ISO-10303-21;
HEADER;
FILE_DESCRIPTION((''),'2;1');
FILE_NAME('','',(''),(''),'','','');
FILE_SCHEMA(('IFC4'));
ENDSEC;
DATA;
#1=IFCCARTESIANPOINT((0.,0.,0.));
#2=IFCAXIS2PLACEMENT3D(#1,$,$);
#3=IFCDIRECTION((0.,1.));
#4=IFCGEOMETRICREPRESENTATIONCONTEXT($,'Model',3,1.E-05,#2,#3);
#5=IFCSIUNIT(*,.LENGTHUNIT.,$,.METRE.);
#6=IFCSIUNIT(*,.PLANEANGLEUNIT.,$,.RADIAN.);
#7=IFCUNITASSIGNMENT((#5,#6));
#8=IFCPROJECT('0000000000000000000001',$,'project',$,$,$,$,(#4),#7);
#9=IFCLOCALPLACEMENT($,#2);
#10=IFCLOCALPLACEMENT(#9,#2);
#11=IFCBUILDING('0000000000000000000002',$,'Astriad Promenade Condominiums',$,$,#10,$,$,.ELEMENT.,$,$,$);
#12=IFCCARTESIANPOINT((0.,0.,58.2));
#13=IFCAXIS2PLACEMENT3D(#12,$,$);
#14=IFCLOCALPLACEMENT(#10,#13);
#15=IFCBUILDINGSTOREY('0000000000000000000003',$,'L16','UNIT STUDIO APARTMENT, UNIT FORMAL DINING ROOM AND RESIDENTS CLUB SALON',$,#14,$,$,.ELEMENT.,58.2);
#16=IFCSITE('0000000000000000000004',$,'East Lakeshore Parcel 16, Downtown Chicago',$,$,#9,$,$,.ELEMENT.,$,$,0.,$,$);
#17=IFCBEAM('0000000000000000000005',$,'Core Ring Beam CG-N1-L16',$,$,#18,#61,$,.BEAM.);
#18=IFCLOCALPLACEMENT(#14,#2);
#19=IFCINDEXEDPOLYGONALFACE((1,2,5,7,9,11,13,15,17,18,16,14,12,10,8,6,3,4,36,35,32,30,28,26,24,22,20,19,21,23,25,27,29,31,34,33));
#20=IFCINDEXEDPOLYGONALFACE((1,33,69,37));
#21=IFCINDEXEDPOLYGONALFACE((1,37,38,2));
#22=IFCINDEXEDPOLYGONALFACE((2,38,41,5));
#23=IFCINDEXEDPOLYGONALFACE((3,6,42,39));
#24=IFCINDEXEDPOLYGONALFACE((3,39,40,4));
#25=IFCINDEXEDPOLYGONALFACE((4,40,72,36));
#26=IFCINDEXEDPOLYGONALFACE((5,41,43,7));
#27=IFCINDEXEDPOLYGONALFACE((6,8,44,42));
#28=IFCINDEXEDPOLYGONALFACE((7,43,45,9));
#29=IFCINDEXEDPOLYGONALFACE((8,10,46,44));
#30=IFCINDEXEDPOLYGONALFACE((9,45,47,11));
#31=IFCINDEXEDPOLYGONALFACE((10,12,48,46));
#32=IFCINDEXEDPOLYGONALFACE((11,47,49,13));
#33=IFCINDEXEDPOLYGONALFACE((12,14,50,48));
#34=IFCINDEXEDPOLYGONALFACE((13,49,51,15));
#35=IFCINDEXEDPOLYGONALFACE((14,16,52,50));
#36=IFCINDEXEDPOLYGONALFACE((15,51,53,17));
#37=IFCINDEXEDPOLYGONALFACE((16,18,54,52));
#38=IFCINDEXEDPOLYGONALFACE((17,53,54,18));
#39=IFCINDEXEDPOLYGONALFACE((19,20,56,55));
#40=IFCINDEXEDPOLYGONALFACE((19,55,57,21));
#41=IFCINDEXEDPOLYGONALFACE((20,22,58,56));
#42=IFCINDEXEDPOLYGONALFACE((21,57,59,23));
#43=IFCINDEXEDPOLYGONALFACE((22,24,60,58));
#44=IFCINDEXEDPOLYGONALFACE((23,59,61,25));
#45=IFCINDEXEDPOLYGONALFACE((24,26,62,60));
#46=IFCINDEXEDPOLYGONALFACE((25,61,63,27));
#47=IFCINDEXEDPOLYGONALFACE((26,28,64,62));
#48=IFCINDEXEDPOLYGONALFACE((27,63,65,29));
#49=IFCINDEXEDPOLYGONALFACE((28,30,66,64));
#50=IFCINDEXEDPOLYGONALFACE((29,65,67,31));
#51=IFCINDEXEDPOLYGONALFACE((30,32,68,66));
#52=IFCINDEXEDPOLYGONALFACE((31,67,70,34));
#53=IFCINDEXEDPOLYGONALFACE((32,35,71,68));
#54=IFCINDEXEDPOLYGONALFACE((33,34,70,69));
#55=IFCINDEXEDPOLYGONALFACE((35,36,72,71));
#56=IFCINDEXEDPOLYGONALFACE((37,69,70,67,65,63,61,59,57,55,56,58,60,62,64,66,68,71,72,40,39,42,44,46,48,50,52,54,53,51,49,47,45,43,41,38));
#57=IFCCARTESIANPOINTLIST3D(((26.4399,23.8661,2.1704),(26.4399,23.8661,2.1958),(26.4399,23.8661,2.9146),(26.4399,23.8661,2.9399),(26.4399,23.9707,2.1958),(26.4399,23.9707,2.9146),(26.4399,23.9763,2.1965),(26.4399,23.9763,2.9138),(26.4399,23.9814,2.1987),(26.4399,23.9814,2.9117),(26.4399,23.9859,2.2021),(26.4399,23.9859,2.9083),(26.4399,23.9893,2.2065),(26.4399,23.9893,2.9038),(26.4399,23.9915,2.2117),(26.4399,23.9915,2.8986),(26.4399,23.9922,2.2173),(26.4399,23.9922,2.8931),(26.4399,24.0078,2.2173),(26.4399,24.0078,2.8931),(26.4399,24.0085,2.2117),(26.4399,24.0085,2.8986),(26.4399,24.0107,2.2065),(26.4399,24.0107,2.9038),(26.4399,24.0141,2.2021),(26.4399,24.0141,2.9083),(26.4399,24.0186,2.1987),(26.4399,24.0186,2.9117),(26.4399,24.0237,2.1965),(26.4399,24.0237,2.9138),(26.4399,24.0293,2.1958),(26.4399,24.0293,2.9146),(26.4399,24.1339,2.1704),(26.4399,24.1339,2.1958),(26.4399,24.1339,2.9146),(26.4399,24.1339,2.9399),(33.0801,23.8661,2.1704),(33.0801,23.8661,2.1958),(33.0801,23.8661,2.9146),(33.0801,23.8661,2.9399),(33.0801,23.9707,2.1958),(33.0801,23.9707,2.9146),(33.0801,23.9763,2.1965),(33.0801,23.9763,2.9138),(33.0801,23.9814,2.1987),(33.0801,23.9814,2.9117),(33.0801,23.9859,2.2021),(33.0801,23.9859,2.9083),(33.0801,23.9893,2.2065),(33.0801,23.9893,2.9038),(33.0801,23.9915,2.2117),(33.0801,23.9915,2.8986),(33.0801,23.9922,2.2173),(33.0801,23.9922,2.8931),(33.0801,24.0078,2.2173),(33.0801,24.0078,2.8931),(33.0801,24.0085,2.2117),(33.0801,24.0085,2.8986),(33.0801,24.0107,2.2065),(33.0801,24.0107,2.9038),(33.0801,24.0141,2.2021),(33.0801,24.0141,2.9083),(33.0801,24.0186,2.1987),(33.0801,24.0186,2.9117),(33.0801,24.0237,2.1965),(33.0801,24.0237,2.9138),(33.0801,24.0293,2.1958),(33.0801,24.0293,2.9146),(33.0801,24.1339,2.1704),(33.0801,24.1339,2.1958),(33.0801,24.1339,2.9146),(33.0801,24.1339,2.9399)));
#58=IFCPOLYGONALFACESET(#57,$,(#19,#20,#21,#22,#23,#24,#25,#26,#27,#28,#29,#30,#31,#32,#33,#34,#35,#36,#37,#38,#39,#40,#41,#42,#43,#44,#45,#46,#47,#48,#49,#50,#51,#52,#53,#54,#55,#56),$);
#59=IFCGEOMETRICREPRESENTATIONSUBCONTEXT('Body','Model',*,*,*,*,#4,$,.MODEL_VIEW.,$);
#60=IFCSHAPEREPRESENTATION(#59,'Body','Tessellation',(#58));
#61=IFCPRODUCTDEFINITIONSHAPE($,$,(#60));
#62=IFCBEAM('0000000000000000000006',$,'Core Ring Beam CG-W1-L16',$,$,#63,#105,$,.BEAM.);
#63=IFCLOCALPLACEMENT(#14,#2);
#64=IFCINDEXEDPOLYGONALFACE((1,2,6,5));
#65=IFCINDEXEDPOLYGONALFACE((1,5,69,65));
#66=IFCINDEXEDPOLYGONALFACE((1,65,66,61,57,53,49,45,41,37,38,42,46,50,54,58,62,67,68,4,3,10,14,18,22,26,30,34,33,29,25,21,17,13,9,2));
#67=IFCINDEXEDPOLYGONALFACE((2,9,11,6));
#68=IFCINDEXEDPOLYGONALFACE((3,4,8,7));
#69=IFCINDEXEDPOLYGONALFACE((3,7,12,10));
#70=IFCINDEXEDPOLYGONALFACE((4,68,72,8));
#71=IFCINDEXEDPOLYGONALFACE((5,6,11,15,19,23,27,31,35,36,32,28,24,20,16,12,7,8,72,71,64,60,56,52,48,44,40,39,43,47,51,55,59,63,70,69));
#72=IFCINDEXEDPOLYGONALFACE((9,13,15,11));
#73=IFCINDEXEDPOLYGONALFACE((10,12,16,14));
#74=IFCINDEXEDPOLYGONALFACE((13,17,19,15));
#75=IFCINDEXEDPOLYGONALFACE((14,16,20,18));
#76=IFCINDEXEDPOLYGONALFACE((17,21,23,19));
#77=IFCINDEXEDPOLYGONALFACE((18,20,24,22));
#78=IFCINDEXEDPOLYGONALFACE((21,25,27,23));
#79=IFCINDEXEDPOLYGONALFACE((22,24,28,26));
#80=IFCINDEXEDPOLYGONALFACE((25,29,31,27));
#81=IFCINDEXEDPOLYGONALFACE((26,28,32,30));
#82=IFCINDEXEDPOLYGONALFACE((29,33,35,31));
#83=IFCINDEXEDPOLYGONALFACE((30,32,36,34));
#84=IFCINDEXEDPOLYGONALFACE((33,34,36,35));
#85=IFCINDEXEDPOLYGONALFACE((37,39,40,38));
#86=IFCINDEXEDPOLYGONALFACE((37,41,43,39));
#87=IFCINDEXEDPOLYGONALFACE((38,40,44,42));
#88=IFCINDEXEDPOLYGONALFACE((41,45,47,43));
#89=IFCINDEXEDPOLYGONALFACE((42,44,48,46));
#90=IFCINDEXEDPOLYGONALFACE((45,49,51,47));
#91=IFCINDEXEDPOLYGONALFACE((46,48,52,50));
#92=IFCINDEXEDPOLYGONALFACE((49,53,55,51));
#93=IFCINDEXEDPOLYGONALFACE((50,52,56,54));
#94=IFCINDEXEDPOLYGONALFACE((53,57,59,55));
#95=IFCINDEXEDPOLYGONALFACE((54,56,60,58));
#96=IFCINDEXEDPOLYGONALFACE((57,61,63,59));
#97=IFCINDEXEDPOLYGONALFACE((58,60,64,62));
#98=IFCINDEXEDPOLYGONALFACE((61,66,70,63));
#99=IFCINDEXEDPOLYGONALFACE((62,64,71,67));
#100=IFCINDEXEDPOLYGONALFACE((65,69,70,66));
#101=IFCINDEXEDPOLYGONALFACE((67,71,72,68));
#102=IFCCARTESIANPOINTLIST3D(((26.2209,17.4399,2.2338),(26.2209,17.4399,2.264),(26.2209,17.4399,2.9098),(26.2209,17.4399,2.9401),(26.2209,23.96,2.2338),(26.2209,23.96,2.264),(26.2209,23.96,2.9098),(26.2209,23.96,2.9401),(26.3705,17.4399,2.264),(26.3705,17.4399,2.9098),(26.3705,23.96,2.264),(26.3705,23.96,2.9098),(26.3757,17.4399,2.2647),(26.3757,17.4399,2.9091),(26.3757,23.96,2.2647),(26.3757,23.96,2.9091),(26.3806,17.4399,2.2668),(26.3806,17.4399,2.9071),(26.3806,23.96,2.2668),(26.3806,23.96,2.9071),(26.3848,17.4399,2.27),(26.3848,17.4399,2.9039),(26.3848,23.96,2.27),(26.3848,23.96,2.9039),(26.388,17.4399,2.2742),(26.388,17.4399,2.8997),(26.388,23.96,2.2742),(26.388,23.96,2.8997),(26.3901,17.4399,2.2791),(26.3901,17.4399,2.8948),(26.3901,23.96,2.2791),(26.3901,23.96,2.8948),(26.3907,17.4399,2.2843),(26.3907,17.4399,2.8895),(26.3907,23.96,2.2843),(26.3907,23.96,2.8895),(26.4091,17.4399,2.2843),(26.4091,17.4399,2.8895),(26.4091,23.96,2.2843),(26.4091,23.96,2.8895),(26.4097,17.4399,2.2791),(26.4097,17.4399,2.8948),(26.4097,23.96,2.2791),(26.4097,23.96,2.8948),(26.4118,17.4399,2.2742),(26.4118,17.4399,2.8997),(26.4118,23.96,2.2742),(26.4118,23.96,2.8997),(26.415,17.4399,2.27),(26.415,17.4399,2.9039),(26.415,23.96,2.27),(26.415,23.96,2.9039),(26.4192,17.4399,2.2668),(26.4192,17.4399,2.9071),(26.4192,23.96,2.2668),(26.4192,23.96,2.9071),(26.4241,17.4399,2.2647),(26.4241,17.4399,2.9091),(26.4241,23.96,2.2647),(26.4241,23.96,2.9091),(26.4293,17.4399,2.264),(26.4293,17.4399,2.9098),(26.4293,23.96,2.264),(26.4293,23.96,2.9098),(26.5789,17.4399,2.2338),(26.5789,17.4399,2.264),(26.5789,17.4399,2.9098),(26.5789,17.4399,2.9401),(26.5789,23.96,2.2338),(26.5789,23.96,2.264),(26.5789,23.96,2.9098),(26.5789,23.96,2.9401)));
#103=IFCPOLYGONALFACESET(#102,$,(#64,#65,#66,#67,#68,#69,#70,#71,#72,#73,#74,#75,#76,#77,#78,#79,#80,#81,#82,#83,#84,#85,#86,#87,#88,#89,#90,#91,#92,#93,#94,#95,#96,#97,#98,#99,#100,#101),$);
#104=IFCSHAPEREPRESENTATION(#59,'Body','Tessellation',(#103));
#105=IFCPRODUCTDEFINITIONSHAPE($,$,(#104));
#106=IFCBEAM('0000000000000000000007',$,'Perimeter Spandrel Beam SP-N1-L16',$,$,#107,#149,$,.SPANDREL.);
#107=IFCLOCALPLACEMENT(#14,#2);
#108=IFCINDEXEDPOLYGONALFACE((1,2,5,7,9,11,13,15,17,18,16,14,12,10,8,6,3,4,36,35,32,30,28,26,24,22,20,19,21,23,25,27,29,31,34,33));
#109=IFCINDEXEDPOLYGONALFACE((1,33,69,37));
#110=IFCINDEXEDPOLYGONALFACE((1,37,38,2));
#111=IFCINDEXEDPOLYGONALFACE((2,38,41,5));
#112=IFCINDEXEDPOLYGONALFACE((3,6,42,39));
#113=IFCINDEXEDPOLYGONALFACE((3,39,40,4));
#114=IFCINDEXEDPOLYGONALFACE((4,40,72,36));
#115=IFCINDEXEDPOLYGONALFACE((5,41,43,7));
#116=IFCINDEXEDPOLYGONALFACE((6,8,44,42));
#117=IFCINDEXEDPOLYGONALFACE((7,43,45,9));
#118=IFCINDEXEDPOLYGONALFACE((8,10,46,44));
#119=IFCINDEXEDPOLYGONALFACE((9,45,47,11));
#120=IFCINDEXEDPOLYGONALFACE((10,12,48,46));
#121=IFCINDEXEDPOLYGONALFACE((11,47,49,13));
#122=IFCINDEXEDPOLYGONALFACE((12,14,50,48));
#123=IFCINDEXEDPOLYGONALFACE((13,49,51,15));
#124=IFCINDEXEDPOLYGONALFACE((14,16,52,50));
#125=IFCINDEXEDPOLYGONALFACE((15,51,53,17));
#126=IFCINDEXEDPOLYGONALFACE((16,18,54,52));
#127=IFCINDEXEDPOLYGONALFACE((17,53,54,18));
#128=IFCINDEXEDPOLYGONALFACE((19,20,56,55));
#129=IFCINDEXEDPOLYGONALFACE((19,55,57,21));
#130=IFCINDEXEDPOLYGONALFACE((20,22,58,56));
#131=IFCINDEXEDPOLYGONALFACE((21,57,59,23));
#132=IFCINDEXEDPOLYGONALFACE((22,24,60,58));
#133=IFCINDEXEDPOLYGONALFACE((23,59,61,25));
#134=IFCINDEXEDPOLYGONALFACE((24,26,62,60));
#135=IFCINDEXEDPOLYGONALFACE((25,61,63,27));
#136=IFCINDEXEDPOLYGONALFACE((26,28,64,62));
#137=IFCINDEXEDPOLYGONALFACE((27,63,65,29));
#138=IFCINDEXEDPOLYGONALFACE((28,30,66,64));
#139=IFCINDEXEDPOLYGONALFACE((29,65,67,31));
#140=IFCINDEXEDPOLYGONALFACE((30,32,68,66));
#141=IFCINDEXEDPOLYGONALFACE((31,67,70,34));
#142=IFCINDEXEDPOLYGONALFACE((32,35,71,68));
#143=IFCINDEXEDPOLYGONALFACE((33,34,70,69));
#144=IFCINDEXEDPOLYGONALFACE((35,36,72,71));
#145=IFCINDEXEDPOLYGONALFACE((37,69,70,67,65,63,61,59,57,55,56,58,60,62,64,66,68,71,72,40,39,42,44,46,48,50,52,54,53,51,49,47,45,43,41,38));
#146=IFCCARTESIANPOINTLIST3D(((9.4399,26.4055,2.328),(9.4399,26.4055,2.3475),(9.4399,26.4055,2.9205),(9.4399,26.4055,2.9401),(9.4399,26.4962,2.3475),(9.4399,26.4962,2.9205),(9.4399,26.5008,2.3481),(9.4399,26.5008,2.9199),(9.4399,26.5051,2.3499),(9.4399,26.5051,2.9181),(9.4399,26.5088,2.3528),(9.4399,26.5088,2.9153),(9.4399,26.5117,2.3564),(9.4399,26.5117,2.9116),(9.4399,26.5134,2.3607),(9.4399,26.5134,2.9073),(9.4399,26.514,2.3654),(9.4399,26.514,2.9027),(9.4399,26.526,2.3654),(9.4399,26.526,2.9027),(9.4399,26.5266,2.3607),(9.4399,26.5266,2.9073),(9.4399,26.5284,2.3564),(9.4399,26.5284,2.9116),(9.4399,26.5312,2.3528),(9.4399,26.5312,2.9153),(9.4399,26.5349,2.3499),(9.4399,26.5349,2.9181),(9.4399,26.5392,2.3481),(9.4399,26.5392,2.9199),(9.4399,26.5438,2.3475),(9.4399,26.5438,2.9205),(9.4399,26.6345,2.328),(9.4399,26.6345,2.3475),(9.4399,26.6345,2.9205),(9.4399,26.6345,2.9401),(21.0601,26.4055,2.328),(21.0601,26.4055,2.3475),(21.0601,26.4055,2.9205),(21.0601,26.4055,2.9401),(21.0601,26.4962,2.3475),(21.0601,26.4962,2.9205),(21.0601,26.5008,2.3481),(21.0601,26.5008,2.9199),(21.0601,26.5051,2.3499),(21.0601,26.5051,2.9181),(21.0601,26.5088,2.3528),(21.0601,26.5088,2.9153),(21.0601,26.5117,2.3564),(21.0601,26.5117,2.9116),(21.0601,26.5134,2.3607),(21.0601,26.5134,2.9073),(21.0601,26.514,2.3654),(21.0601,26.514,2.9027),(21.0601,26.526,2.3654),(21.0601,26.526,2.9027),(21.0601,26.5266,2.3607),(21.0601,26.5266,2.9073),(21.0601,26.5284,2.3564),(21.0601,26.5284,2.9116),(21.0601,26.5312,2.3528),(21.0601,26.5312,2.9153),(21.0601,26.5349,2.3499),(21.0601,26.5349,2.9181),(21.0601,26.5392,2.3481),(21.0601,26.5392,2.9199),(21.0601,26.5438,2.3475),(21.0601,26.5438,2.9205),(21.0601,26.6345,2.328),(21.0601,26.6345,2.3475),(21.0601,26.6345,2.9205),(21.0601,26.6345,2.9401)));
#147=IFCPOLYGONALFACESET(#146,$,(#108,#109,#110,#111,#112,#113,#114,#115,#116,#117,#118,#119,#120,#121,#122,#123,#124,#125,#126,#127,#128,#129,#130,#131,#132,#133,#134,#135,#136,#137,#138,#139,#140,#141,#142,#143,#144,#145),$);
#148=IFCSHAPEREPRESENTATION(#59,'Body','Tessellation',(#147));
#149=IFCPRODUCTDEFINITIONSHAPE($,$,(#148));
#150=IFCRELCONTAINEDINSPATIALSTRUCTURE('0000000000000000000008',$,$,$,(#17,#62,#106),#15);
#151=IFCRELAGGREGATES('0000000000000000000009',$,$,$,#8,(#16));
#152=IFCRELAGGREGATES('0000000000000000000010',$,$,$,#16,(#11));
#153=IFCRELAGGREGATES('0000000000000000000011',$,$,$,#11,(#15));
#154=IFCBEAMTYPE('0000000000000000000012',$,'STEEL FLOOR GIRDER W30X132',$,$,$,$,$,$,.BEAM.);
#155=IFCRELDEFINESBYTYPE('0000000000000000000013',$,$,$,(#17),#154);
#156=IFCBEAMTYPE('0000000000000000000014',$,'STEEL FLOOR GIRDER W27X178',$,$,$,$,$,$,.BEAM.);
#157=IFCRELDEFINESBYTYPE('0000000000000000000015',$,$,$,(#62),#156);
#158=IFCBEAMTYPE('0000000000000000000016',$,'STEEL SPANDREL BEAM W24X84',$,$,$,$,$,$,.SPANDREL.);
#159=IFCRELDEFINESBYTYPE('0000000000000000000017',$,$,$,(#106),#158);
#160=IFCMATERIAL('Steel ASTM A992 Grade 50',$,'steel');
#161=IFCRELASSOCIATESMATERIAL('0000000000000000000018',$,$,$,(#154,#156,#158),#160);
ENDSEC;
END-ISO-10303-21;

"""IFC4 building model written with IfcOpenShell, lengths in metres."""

from ifc_helpers import new_model, si_unit, direction, frame, origin, origin_2d, place, context, subcontext, project, spatial, i_section, extrude, source, transform, mapped, material, material_profile, profile_set, type_object, type_shapes, element, save


model = new_model("IFC4")

# Units and contexts
model_context = context("Model", 3, precision=1e-05, world=origin(), true_north=direction((0.0, 1.0)))
body_context = subcontext(model_context, "Body", "Model", "MODEL_VIEW")
ifc_project = project(units=[si_unit("LENGTHUNIT", "METRE"), si_unit("PLANEANGLEUNIT", "RADIAN")], contexts=[model_context])

# Site, building, storey
site_placement = place(None, origin())
site = spatial("IfcSite", under=ifc_project, at=site_placement, Name="East Lakeshore Parcel 16, Downtown Chicago", CompositionType="ELEMENT", RefElevation=0.0)
building_placement = place(site_placement, origin())
building = spatial("IfcBuilding", under=site, at=building_placement, Name="Astriad Promenade Condominiums", CompositionType="ELEMENT")
storey_placement = place(building_placement, frame((0.0, 0.0, 58.2)))
storey = spatial("IfcBuildingStorey", under=building, at=storey_placement, Name="L16", Description="UNIT STUDIO APARTMENT, UNIT FORMAL DINING ROOM AND RESIDENTS CLUB SALON", CompositionType="ELEMENT", Elevation=58.2)

# Shared definitions
ifc_material_1 = material(Name="Steel ASTM A992 Grade 50", Category="steel")

# Beams
ifc_material_profile_1 = material_profile(ifc_material_1, i_section(OverallWidth=0.2678, OverallDepth=0.7695, WebThickness=0.0156, FlangeThickness=0.0254, FilletRadius=0.0215, at=origin_2d()), Name="W30X132")
ifc_profile_set_1 = profile_set([ifc_material_profile_1], Name="Steel ASTM A992 Grade 50")
beam_type_1 = type_object("IfcBeamType", Name="STEEL FLOOR GIRDER W30X132", PredefinedType="BEAM", material=ifc_profile_set_1)
shared_shape_1 = source(origin(), body_context, "Body", "SweptSolid", [
    extrude(i_section(OverallWidth=0.2678, OverallDepth=0.7695, WebThickness=0.0156, FlangeThickness=0.0254, FilletRadius=0.0215, at=origin_2d()), origin(), (0.0, 0.0, 1.0), 6.6401),
])
type_shapes(beam_type_1, [shared_shape_1])
beam_1_placement = place(storey_placement, frame((26.4399, 24.0, 2.5552), z_axis=(1.0, 0.0, 0.0), x_axis=(0.0, 1.0, 0.0)))
element("IfcBeam", 1, at=beam_1_placement, inside=storey, type_object=beam_type_1, Name="Core Ring Beam CG-N1-L16", PredefinedType="BEAM", context=body_context, shape_type="MappedRepresentation", body=[
    mapped(shared_shape_1, transform((0.0, 0.0, 0.0), scale=1.0)),
])
ifc_material_profile_2 = material_profile(ifc_material_1, i_section(OverallWidth=0.3579, OverallDepth=0.7063, WebThickness=0.0183, FlangeThickness=0.0303, FilletRadius=0.0203, at=origin_2d()), Name="W27X178")
ifc_profile_set_2 = profile_set([ifc_material_profile_2], Name="Steel ASTM A992 Grade 50")
beam_type_2 = type_object("IfcBeamType", Name="STEEL FLOOR GIRDER W27X178", PredefinedType="BEAM", material=ifc_profile_set_2)
shared_shape_2 = source(origin(), body_context, "Body", "SweptSolid", [
    extrude(i_section(OverallWidth=0.3579, OverallDepth=0.7063, WebThickness=0.0183, FlangeThickness=0.0303, FilletRadius=0.0203, at=origin_2d()), origin(), (0.0, 0.0, 1.0), 6.52),
])
type_shapes(beam_type_2, [shared_shape_2])
beam_2_placement = place(storey_placement, frame((26.3999, 17.4399, 2.5869), z_axis=(0.0, 1.0, 0.0), x_axis=(-1.0, 0.0, 0.0)))
element("IfcBeam", 2, at=beam_2_placement, inside=storey, type_object=beam_type_2, Name="Core Ring Beam CG-W1-L16", PredefinedType="BEAM", context=body_context, shape_type="MappedRepresentation", body=[
    mapped(shared_shape_2, transform((0.0, 0.0, 0.0), scale=1.0)),
])
ifc_material_profile_3 = material_profile(ifc_material_1, i_section(OverallWidth=0.229, OverallDepth=0.6121, WebThickness=0.012, FlangeThickness=0.0195, FilletRadius=0.0178, at=origin_2d()), Name="W24X84")
ifc_profile_set_3 = profile_set([ifc_material_profile_3], Name="Steel ASTM A992 Grade 50")
beam_type_3 = type_object("IfcBeamType", Name="STEEL SPANDREL BEAM W24X84", PredefinedType="SPANDREL", material=ifc_profile_set_3)
shared_shape_3 = source(origin(), body_context, "Body", "SweptSolid", [
    extrude(i_section(OverallWidth=0.229, OverallDepth=0.6121, WebThickness=0.012, FlangeThickness=0.0195, FilletRadius=0.0178, at=origin_2d()), origin(), (0.0, 0.0, 1.0), 11.6201),
])
type_shapes(beam_type_3, [shared_shape_3])
beam_3_placement = place(storey_placement, frame((21.0601, 26.52, 2.634), z_axis=(-1.0, 0.0, 0.0), x_axis=(0.0, -1.0, 0.0)))
element("IfcBeam", 3, at=beam_3_placement, inside=storey, type_object=beam_type_3, Name="Perimeter Spandrel Beam SP-N1-L16", PredefinedType="SPANDREL", context=body_context, shape_type="MappedRepresentation", body=[
    mapped(shared_shape_3, transform((0.0, 0.0, 0.0), scale=1.0)),
])

save(model, "model.ifc")
